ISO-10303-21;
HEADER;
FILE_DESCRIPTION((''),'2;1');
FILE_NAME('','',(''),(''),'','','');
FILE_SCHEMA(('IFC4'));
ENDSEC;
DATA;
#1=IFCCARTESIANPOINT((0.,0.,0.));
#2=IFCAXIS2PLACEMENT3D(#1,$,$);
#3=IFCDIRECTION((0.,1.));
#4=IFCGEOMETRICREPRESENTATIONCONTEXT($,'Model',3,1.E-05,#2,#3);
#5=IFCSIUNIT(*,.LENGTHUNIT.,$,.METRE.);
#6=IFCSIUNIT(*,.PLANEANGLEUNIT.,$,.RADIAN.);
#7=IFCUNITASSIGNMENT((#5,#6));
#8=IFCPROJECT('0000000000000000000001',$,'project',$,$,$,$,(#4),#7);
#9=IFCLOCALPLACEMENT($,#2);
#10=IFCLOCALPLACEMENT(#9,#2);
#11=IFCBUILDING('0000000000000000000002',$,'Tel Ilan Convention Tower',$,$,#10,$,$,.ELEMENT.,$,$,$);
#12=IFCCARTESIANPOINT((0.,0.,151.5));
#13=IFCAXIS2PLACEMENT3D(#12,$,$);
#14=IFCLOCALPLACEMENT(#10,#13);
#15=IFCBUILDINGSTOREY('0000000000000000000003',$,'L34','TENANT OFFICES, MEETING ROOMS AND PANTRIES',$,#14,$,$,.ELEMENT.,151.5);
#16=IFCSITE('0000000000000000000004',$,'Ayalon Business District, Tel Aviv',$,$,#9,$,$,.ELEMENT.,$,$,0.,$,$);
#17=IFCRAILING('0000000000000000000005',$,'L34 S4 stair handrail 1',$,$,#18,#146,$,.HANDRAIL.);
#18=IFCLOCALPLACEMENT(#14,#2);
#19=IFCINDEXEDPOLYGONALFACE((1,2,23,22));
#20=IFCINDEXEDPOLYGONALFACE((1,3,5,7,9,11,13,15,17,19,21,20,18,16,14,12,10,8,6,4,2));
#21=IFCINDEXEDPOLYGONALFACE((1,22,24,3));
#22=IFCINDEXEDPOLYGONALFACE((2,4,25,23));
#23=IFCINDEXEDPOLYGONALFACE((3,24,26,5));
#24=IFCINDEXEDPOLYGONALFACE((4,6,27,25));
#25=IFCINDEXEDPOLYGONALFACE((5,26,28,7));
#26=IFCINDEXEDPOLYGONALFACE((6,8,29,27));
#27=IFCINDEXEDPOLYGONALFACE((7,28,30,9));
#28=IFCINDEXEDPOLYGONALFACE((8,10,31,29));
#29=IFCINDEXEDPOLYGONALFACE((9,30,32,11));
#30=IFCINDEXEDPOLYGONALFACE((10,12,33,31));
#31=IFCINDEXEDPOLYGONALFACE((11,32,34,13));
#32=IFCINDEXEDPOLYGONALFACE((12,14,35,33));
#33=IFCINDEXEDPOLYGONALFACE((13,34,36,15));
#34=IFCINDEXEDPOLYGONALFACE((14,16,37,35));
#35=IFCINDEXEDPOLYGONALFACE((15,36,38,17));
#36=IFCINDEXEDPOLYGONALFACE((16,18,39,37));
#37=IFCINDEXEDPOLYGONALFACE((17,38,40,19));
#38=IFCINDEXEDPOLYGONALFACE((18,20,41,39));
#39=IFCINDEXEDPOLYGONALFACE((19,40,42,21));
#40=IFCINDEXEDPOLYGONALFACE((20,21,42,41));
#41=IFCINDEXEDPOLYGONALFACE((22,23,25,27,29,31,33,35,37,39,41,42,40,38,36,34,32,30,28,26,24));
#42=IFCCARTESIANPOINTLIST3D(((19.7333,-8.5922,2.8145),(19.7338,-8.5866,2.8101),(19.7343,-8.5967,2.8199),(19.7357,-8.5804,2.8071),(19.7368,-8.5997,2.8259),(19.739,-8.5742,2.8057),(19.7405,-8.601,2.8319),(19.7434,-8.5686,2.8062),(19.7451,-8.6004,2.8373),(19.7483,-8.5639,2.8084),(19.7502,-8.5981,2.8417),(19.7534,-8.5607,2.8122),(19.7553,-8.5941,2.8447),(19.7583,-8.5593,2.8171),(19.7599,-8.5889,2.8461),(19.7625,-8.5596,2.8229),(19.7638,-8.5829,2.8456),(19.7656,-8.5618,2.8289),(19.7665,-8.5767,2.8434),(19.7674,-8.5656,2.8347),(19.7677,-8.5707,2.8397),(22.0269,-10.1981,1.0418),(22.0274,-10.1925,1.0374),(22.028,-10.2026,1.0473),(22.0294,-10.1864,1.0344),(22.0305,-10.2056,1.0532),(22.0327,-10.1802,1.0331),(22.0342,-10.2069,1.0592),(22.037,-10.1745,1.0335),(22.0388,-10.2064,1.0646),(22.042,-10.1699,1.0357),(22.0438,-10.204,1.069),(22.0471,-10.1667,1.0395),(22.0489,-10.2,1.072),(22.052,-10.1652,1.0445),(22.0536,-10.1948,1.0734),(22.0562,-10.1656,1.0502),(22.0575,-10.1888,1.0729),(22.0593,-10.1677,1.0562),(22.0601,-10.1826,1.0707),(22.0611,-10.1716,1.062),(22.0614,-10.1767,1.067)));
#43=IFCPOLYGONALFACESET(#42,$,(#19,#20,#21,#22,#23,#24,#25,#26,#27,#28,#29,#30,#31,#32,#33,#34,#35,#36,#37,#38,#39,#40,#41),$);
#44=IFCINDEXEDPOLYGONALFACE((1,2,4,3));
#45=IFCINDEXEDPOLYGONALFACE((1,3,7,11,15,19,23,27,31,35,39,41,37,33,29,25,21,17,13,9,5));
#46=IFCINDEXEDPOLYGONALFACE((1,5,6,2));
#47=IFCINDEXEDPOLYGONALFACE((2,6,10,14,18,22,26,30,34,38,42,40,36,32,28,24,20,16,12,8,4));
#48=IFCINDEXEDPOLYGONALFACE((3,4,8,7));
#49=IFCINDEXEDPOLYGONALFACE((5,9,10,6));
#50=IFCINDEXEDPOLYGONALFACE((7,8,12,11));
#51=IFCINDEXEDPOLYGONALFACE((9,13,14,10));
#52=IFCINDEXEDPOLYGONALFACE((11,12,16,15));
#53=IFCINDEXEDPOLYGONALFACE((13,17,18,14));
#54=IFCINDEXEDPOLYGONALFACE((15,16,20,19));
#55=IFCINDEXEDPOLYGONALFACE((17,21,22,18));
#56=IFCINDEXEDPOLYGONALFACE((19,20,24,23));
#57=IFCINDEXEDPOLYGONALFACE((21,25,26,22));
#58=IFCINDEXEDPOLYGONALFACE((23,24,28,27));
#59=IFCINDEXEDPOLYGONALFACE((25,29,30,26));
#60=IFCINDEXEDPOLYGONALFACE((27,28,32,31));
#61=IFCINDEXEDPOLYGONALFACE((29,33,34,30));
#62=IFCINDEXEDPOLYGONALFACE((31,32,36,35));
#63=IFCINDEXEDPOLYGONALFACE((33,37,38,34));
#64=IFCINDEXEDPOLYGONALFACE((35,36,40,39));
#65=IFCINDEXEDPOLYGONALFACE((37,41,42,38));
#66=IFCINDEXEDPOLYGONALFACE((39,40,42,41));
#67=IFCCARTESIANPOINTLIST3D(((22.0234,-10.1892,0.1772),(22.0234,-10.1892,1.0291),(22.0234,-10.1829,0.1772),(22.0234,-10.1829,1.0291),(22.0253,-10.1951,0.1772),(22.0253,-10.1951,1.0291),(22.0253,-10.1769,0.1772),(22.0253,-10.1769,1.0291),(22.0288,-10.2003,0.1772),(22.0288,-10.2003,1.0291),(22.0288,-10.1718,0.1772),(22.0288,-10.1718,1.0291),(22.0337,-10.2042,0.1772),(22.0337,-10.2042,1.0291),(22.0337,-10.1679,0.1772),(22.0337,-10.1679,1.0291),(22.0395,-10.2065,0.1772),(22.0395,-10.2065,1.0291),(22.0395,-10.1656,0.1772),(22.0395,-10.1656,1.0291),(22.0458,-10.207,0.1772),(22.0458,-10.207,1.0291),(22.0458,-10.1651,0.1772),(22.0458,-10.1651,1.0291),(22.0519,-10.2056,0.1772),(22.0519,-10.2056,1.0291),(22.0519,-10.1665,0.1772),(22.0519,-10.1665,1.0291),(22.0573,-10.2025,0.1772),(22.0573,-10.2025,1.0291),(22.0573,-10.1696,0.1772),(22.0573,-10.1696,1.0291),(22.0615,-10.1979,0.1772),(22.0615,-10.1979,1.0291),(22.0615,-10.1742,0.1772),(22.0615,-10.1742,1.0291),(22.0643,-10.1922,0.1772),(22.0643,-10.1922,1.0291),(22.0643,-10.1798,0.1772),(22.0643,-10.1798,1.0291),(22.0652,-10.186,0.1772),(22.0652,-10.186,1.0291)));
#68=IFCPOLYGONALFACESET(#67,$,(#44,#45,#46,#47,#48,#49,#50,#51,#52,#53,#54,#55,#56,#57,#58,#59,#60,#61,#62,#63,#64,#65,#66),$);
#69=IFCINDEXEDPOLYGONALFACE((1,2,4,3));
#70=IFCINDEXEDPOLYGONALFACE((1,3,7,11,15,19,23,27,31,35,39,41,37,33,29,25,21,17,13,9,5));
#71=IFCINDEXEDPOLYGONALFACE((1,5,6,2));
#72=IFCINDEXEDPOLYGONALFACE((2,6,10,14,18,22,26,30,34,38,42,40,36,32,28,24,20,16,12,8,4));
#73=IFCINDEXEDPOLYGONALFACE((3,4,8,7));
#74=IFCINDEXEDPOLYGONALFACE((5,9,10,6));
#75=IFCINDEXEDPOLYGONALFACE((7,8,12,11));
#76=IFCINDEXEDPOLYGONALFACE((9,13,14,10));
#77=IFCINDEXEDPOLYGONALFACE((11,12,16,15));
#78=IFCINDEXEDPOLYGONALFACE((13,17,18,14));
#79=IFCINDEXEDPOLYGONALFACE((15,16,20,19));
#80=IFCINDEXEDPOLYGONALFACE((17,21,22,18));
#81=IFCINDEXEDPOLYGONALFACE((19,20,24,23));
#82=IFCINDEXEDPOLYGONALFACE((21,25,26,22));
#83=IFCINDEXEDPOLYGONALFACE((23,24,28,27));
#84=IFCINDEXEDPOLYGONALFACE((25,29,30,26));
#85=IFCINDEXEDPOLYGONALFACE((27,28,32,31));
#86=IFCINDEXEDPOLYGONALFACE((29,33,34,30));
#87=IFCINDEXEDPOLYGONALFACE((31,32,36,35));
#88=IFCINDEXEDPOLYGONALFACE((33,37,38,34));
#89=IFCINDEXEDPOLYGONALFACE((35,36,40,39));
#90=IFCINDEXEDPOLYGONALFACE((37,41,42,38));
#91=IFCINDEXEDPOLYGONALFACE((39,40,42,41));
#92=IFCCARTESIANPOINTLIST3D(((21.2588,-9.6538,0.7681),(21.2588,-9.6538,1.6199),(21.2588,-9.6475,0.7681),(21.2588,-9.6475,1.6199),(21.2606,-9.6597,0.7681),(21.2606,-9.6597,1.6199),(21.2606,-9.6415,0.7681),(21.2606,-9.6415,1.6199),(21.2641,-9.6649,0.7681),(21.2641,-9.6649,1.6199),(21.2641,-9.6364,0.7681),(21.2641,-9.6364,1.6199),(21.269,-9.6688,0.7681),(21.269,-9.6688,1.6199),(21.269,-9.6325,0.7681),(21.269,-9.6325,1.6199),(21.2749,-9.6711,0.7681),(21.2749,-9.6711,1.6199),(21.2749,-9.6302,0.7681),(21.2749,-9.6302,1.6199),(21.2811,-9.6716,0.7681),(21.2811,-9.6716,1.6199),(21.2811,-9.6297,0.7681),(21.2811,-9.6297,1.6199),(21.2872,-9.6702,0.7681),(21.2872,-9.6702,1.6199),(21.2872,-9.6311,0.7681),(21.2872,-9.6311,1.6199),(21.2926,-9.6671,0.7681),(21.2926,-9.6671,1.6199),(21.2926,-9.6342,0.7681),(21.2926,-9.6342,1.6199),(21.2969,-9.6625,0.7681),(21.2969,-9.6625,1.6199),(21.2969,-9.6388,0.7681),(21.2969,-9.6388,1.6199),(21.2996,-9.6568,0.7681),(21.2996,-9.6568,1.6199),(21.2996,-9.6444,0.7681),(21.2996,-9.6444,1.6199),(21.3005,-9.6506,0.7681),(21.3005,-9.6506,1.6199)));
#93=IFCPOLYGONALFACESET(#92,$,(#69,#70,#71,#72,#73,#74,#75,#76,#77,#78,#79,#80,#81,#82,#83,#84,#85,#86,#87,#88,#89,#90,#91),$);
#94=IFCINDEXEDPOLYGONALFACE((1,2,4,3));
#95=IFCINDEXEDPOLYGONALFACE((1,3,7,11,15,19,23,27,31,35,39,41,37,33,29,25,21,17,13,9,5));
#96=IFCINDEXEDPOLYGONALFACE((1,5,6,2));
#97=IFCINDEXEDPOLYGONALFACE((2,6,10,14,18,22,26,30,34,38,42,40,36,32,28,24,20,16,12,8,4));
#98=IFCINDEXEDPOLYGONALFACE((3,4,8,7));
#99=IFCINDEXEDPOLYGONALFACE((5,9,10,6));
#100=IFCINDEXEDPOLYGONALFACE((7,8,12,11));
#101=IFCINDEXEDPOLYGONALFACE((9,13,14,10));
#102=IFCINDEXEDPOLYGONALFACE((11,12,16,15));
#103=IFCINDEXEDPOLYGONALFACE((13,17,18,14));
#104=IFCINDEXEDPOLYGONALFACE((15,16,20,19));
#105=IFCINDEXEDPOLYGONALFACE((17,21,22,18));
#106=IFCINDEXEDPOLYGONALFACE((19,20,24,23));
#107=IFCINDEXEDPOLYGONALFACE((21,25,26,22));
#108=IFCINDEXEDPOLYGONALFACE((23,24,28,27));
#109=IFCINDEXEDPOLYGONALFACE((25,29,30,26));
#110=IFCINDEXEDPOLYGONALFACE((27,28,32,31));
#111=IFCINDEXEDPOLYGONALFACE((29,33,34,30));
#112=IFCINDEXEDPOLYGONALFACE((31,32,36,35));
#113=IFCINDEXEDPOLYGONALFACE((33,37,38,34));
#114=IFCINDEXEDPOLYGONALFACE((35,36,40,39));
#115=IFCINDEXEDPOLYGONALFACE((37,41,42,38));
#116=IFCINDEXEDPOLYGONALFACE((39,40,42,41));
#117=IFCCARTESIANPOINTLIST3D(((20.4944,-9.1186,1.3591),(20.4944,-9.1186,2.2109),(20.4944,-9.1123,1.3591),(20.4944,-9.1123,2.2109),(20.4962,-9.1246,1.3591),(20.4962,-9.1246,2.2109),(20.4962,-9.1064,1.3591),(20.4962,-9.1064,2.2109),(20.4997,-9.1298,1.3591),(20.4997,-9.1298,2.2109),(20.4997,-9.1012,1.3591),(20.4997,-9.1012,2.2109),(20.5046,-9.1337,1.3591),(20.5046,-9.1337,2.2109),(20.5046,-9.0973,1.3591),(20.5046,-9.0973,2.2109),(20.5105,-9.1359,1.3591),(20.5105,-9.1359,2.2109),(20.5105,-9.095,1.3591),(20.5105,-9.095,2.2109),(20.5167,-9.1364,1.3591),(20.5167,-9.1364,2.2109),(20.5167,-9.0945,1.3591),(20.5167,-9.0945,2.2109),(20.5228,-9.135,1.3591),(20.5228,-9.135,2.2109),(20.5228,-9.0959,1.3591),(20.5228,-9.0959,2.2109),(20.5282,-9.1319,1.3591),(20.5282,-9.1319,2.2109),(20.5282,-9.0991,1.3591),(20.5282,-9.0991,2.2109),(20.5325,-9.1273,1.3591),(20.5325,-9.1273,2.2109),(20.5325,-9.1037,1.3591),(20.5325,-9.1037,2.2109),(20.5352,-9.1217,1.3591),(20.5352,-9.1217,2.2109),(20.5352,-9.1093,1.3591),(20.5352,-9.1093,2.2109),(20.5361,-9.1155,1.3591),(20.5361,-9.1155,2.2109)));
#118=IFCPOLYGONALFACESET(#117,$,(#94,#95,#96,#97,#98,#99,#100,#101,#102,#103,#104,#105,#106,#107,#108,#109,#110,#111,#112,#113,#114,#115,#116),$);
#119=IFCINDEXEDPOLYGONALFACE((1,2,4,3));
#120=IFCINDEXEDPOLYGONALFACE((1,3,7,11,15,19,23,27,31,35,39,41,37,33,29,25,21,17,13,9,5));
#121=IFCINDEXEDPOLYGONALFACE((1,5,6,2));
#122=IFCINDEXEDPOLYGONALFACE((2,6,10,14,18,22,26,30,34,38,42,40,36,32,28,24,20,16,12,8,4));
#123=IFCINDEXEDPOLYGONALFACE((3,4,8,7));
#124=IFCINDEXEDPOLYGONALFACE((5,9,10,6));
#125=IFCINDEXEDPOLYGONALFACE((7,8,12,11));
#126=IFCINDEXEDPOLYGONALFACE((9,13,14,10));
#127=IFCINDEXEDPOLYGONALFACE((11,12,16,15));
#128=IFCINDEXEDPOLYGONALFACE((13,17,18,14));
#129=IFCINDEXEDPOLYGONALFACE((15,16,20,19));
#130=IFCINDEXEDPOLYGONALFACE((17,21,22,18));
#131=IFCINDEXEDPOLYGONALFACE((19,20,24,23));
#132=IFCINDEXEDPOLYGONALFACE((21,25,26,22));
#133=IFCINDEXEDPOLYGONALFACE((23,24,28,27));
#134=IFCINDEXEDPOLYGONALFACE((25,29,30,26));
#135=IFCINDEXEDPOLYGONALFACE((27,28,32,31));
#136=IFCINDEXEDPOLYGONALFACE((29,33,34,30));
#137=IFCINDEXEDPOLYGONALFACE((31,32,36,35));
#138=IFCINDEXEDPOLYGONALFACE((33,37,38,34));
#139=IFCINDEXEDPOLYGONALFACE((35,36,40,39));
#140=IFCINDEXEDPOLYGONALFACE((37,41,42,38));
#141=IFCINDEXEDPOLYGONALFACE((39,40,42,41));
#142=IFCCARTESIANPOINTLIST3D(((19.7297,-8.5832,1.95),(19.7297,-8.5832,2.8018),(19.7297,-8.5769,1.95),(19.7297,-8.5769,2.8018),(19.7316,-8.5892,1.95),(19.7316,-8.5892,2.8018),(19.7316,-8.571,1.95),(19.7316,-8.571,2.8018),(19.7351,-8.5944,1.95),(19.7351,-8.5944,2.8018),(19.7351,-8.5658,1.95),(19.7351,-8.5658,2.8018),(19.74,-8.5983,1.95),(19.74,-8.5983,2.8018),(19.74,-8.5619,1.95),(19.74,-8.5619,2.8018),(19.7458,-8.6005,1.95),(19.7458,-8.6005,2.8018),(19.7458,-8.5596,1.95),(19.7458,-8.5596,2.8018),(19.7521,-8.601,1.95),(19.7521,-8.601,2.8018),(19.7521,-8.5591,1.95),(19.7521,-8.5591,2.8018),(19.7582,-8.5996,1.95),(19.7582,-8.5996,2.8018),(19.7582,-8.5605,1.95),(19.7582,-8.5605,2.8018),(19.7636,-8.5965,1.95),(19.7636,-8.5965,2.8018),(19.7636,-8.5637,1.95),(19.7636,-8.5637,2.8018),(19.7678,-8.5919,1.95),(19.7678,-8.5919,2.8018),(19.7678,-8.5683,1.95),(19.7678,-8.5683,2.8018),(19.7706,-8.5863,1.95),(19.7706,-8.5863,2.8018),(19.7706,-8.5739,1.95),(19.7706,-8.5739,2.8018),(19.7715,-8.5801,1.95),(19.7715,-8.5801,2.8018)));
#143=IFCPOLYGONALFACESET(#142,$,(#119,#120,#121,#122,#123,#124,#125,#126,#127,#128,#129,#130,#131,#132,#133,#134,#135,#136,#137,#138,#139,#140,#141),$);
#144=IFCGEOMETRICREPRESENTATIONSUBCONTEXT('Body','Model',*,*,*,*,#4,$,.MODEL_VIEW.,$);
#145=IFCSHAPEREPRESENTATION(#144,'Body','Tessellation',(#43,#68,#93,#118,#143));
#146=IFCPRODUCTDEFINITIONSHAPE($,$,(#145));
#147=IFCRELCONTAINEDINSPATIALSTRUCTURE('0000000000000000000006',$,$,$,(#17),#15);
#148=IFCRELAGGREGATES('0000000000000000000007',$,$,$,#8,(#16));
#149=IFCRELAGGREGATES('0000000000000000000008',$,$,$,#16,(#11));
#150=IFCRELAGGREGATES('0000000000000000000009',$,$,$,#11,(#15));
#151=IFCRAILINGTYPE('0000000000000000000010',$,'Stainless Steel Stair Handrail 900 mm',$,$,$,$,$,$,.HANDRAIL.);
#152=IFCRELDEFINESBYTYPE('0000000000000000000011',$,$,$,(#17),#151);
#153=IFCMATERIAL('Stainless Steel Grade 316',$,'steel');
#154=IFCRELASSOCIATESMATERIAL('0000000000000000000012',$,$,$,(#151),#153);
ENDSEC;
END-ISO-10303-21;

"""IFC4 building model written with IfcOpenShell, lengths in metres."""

from ifc_helpers import new_model, si_unit, direction, frame, origin, origin_2d, place, context, subcontext, project, spatial, circle, extrude, material, type_object, element, save


model = new_model("IFC4")

# Units and contexts
model_context = context("Model", 3, precision=1e-05, world=origin(), true_north=direction((0.0, 1.0)))
body_context = subcontext(model_context, "Body", "Model", "MODEL_VIEW")
ifc_project = project(units=[si_unit("LENGTHUNIT", "METRE"), si_unit("PLANEANGLEUNIT", "RADIAN")], contexts=[model_context])

# Site, building, storey
site_placement = place(None, origin())
site = spatial("IfcSite", under=ifc_project, at=site_placement, Name="Ayalon Business District, Tel Aviv", CompositionType="ELEMENT", RefElevation=0.0)
building_placement = place(site_placement, origin())
building = spatial("IfcBuilding", under=site, at=building_placement, Name="Tel Ilan Convention Tower", CompositionType="ELEMENT")
storey_placement = place(building_placement, frame((0.0, 0.0, 151.5)))
storey = spatial("IfcBuildingStorey", under=building, at=storey_placement, Name="L34", Description="TENANT OFFICES, MEETING ROOMS AND PANTRIES", CompositionType="ELEMENT", Elevation=151.5)

# Railing
ifc_material_1 = material(Name="Stainless Steel Grade 316", Category="steel")
railing_type_1 = type_object("IfcRailingType", Name="Stainless Steel Stair Handrail 900 mm", PredefinedType="HANDRAIL", material=ifc_material_1)
railing_1_placement = place(storey_placement, frame((22.0442, -10.186, 0.1772)))
element("IfcRailing", 1, at=railing_1_placement, inside=storey, type_object=railing_type_1, Name="L34 S4 stair handrail 1", PredefinedType="HANDRAIL", context=body_context, shape_type="SweptSolid", body=[
    extrude(circle(Radius=0.0239, at=origin_2d()), frame((0.0, 0.0, 0.876), z_axis=(-0.692123, 0.484597, 0.534913), x_axis=(-0.57355, -0.81917, 0.0)), (0.0, 0.0, 1.0), 3.314),
    extrude(circle(Radius=0.021, at=origin_2d()), origin(), (0.0, 0.0, 1.0), 0.8518),
    extrude(circle(Radius=0.021, at=origin_2d()), frame((-0.7646, 0.5354, 0.5908)), (0.0, 0.0, 1.0), 0.8518),
    extrude(circle(Radius=0.021, at=origin_2d()), frame((-1.5291, 1.0706, 1.1819)), (0.0, 0.0, 1.0), 0.8518),
    extrude(circle(Radius=0.021, at=origin_2d()), frame((-2.2937, 1.606, 1.7727)), (0.0, 0.0, 1.0), 0.8518),
])

save(model, "model.ifc")
